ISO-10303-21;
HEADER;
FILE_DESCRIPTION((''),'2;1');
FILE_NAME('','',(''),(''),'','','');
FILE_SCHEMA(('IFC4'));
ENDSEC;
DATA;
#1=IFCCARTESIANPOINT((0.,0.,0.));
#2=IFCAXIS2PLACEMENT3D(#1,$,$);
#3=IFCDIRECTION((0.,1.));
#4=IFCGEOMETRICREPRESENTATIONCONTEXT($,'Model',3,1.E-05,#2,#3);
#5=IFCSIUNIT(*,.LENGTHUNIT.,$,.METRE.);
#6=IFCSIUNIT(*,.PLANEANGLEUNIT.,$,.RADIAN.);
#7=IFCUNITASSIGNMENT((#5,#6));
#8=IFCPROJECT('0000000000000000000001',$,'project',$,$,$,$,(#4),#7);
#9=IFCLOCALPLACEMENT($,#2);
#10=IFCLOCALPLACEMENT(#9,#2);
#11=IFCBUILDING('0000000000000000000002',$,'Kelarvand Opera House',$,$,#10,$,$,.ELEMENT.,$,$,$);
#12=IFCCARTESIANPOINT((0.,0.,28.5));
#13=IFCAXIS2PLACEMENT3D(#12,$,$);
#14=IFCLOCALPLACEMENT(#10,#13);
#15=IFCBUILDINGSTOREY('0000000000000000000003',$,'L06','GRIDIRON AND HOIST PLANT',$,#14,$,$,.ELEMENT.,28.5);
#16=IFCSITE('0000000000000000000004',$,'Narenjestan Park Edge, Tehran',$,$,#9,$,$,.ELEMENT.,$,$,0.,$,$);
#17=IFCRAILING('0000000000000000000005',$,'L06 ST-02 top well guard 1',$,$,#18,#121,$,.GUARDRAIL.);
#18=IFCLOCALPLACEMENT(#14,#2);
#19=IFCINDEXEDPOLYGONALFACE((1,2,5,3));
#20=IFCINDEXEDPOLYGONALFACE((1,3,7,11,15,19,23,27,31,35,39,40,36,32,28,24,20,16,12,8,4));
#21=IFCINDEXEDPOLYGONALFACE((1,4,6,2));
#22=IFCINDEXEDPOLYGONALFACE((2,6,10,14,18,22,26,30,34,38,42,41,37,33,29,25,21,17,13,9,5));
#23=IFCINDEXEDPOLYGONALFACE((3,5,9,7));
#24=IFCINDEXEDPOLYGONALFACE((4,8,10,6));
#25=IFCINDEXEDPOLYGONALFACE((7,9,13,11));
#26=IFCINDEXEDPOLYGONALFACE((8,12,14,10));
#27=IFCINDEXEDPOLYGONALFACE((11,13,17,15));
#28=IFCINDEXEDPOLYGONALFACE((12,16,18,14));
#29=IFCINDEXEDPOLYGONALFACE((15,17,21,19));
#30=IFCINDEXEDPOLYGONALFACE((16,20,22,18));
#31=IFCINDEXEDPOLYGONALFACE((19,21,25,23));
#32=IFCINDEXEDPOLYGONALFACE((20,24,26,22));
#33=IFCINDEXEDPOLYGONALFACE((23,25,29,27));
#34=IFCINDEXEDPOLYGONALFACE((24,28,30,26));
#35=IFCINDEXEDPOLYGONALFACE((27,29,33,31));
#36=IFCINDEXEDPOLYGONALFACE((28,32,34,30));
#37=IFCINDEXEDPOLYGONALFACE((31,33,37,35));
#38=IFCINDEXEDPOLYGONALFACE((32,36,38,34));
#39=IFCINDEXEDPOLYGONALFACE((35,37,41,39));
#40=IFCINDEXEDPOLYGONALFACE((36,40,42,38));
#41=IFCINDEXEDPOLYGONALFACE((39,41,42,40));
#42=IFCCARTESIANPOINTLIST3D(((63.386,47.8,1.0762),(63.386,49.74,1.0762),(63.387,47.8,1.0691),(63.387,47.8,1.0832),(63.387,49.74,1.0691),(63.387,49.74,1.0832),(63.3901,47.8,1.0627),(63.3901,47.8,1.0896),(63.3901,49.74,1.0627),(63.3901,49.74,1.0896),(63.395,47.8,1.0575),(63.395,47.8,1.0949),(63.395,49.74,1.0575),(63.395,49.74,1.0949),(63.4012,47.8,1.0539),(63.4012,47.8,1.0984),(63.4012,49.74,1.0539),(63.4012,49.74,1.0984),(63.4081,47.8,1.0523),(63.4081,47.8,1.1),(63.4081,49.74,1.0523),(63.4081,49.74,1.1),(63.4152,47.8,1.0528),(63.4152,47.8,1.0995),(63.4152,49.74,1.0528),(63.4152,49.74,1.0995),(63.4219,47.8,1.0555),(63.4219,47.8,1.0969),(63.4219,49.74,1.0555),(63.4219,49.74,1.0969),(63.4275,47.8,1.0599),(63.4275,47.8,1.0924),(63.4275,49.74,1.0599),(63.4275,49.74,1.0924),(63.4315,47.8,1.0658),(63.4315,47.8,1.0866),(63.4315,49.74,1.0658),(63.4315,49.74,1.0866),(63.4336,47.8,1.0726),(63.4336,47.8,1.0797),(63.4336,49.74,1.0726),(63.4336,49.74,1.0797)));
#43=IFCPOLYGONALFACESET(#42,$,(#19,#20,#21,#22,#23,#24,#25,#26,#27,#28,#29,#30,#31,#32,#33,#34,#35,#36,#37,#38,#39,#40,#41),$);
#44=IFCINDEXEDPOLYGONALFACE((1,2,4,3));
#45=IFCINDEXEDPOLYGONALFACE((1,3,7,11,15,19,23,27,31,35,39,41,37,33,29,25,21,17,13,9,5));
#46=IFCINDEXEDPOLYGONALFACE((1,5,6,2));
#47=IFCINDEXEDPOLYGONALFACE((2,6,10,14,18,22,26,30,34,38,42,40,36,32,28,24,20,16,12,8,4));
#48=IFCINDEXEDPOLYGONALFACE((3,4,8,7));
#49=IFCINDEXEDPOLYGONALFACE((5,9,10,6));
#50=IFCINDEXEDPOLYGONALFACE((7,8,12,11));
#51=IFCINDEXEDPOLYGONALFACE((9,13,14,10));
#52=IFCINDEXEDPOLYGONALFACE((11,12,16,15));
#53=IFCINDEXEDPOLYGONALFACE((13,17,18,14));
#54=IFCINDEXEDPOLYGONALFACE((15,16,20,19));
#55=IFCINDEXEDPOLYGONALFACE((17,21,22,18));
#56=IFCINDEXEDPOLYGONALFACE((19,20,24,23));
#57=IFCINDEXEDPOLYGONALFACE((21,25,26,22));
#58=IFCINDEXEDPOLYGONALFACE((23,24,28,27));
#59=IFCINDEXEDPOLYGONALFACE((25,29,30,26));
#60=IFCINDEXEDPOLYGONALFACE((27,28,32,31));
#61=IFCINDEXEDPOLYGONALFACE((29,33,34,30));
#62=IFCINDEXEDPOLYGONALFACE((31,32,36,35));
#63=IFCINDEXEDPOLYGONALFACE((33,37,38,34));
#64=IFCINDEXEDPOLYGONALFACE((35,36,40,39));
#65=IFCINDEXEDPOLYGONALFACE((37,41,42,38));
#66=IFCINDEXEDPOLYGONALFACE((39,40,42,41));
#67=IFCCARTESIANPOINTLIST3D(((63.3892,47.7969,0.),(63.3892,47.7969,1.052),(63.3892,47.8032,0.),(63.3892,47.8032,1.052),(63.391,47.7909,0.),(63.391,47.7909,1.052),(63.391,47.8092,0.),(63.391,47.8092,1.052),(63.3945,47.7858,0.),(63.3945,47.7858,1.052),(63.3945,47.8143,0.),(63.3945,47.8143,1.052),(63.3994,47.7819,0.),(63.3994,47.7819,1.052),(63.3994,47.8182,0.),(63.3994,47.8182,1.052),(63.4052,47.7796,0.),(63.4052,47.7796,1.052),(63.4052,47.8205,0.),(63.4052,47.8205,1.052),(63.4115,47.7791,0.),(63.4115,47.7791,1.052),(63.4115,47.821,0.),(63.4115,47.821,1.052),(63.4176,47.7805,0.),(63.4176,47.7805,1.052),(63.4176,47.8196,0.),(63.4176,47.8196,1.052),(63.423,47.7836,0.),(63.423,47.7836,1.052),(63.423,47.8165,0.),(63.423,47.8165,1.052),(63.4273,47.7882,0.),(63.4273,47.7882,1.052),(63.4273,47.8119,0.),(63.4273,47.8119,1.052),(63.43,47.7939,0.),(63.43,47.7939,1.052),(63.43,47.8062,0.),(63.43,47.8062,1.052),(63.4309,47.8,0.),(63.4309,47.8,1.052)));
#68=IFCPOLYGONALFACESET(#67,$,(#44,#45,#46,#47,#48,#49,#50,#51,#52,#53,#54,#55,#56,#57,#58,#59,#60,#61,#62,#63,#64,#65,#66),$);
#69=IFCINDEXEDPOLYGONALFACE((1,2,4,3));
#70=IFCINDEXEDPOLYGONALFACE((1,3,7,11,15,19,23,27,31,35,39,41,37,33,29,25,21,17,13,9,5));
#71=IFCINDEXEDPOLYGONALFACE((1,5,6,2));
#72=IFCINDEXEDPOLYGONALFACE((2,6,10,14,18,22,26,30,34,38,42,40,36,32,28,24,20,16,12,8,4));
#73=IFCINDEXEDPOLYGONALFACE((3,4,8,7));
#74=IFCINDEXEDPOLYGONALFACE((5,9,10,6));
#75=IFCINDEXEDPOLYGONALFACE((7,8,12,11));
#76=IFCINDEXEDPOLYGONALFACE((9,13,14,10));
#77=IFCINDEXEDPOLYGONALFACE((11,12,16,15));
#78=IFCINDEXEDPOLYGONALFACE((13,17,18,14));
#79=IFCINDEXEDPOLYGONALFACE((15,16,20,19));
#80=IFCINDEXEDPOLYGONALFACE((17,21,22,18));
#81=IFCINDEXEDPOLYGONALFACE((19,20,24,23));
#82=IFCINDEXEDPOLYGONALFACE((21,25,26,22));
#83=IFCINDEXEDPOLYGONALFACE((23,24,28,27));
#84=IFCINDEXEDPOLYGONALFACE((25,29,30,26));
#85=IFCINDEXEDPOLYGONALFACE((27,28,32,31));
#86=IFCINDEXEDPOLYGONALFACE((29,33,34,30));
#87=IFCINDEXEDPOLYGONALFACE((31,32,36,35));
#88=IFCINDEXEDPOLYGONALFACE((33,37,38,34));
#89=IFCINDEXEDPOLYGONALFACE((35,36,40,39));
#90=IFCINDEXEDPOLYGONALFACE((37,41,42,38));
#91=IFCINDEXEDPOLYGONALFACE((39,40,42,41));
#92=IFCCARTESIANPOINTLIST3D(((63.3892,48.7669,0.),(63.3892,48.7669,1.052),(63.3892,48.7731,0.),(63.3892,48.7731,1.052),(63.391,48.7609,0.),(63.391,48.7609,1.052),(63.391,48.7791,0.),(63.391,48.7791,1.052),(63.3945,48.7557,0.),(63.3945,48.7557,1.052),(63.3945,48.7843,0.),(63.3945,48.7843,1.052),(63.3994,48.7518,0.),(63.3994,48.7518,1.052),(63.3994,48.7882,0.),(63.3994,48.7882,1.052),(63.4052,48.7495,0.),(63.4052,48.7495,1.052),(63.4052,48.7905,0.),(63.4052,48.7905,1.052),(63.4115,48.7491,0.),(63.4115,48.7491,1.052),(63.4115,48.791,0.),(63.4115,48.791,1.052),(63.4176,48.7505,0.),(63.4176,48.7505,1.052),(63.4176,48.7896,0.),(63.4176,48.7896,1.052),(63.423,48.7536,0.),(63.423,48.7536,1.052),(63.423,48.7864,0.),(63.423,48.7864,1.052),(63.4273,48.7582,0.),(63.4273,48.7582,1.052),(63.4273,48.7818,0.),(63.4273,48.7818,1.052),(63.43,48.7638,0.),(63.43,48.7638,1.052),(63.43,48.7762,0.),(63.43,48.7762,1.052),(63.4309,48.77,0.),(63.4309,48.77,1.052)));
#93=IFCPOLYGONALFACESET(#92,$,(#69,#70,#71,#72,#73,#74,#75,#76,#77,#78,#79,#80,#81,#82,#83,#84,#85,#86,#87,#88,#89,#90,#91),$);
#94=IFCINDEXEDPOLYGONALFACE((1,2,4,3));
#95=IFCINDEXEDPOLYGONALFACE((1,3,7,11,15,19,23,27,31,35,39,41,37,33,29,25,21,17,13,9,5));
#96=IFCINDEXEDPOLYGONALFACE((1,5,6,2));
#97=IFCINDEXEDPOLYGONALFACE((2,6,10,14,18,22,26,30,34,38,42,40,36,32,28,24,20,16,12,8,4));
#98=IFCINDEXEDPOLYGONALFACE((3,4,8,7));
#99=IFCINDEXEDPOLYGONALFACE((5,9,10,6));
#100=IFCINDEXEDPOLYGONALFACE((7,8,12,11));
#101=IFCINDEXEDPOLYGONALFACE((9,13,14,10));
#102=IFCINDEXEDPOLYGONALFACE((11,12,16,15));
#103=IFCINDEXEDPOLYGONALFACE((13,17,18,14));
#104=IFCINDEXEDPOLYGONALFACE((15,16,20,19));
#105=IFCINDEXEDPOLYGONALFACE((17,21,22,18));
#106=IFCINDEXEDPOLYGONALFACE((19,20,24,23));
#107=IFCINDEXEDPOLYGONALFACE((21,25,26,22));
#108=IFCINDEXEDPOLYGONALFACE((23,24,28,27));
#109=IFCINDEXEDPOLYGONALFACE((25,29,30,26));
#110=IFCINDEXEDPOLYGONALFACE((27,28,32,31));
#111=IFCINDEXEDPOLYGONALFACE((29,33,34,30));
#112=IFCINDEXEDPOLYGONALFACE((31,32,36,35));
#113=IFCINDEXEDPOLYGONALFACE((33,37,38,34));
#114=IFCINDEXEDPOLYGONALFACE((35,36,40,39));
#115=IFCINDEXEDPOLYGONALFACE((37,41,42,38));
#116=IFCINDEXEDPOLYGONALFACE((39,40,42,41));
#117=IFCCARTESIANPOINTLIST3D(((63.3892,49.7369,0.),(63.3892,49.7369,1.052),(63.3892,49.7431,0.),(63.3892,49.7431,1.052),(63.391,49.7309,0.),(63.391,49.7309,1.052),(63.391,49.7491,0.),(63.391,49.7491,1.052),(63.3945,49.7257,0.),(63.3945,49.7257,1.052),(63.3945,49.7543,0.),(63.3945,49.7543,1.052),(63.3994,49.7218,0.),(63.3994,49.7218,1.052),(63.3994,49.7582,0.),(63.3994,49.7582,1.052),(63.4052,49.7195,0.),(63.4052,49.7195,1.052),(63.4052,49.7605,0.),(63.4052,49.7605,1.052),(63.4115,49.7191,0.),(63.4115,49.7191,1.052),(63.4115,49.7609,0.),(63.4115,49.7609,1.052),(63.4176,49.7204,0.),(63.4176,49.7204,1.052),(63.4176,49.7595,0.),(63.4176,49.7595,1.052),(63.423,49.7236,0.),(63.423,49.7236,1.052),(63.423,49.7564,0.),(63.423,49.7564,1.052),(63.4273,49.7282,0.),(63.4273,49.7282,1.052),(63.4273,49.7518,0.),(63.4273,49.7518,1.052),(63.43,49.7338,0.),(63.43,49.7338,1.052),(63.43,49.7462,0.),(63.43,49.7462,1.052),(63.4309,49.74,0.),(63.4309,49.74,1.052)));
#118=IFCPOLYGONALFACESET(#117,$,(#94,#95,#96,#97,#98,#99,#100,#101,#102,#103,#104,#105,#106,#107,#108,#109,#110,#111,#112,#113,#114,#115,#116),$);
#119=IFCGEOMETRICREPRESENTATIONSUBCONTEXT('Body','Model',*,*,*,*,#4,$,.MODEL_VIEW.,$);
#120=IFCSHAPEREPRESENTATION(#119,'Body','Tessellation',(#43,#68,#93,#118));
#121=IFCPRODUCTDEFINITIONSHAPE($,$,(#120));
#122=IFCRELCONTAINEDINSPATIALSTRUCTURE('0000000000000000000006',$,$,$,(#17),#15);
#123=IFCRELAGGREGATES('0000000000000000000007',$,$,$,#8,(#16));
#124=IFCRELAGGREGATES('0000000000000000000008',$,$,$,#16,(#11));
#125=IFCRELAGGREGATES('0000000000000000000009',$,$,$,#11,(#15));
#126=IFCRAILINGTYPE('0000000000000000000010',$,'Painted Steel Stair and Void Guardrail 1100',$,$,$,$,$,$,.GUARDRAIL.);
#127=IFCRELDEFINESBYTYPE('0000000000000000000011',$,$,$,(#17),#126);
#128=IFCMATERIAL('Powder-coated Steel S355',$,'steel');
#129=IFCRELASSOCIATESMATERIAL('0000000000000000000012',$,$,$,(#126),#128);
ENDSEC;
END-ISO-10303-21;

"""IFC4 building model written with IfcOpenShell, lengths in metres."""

from ifc_helpers import new_model, si_unit, direction, frame, origin, origin_2d, place, context, subcontext, project, spatial, circle, extrude, material, type_object, element, save


model = new_model("IFC4")

# Units and contexts
model_context = context("Model", 3, precision=1e-05, world=origin(), true_north=direction((0.0, 1.0)))
body_context = subcontext(model_context, "Body", "Model", "MODEL_VIEW")
ifc_project = project(units=[si_unit("LENGTHUNIT", "METRE"), si_unit("PLANEANGLEUNIT", "RADIAN")], contexts=[model_context])

# Site, building, storey
site_placement = place(None, origin())
site = spatial("IfcSite", under=ifc_project, at=site_placement, Name="Narenjestan Park Edge, Tehran", CompositionType="ELEMENT", RefElevation=0.0)
building_placement = place(site_placement, origin())
building = spatial("IfcBuilding", under=site, at=building_placement, Name="Kelarvand Opera House", CompositionType="ELEMENT")
storey_placement = place(building_placement, frame((0.0, 0.0, 28.5)))
storey = spatial("IfcBuildingStorey", under=building, at=storey_placement, Name="L06", Description="GRIDIRON AND HOIST PLANT", CompositionType="ELEMENT", Elevation=28.5)

# Railing
ifc_material_1 = material(Name="Powder-coated Steel S355", Category="steel")
railing_type = type_object("IfcRailingType", Name="Painted Steel Stair and Void Guardrail 1100", PredefinedType="GUARDRAIL", material=ifc_material_1)
railing_placement = place(storey_placement, frame((63.4099, 47.8, 0.0)))
element("IfcRailing", 1, at=railing_placement, inside=storey, type_object=railing_type, Name="L06 ST-02 top well guard 1", PredefinedType="GUARDRAIL", context=body_context, shape_type="SweptSolid", body=[
    extrude(circle(Radius=0.0239, at=origin_2d()), frame((0.0, 0.0, 1.0762), z_axis=(0.0, 1.0, 0.0), x_axis=(-1.0, 0.0, 0.0)), (0.0, 0.0, 1.0), 1.9399),
    extrude(circle(Radius=0.021, at=origin_2d()), origin(), (0.0, 0.0, 1.0), 1.052),
    extrude(circle(Radius=0.021, at=origin_2d()), frame((0.0, 0.97, 0.0)), (0.0, 0.0, 1.0), 1.052),
    extrude(circle(Radius=0.021, at=origin_2d()), frame((0.0, 1.9399, 0.0)), (0.0, 0.0, 1.0), 1.052),
])

save(model, "model.ifc")
